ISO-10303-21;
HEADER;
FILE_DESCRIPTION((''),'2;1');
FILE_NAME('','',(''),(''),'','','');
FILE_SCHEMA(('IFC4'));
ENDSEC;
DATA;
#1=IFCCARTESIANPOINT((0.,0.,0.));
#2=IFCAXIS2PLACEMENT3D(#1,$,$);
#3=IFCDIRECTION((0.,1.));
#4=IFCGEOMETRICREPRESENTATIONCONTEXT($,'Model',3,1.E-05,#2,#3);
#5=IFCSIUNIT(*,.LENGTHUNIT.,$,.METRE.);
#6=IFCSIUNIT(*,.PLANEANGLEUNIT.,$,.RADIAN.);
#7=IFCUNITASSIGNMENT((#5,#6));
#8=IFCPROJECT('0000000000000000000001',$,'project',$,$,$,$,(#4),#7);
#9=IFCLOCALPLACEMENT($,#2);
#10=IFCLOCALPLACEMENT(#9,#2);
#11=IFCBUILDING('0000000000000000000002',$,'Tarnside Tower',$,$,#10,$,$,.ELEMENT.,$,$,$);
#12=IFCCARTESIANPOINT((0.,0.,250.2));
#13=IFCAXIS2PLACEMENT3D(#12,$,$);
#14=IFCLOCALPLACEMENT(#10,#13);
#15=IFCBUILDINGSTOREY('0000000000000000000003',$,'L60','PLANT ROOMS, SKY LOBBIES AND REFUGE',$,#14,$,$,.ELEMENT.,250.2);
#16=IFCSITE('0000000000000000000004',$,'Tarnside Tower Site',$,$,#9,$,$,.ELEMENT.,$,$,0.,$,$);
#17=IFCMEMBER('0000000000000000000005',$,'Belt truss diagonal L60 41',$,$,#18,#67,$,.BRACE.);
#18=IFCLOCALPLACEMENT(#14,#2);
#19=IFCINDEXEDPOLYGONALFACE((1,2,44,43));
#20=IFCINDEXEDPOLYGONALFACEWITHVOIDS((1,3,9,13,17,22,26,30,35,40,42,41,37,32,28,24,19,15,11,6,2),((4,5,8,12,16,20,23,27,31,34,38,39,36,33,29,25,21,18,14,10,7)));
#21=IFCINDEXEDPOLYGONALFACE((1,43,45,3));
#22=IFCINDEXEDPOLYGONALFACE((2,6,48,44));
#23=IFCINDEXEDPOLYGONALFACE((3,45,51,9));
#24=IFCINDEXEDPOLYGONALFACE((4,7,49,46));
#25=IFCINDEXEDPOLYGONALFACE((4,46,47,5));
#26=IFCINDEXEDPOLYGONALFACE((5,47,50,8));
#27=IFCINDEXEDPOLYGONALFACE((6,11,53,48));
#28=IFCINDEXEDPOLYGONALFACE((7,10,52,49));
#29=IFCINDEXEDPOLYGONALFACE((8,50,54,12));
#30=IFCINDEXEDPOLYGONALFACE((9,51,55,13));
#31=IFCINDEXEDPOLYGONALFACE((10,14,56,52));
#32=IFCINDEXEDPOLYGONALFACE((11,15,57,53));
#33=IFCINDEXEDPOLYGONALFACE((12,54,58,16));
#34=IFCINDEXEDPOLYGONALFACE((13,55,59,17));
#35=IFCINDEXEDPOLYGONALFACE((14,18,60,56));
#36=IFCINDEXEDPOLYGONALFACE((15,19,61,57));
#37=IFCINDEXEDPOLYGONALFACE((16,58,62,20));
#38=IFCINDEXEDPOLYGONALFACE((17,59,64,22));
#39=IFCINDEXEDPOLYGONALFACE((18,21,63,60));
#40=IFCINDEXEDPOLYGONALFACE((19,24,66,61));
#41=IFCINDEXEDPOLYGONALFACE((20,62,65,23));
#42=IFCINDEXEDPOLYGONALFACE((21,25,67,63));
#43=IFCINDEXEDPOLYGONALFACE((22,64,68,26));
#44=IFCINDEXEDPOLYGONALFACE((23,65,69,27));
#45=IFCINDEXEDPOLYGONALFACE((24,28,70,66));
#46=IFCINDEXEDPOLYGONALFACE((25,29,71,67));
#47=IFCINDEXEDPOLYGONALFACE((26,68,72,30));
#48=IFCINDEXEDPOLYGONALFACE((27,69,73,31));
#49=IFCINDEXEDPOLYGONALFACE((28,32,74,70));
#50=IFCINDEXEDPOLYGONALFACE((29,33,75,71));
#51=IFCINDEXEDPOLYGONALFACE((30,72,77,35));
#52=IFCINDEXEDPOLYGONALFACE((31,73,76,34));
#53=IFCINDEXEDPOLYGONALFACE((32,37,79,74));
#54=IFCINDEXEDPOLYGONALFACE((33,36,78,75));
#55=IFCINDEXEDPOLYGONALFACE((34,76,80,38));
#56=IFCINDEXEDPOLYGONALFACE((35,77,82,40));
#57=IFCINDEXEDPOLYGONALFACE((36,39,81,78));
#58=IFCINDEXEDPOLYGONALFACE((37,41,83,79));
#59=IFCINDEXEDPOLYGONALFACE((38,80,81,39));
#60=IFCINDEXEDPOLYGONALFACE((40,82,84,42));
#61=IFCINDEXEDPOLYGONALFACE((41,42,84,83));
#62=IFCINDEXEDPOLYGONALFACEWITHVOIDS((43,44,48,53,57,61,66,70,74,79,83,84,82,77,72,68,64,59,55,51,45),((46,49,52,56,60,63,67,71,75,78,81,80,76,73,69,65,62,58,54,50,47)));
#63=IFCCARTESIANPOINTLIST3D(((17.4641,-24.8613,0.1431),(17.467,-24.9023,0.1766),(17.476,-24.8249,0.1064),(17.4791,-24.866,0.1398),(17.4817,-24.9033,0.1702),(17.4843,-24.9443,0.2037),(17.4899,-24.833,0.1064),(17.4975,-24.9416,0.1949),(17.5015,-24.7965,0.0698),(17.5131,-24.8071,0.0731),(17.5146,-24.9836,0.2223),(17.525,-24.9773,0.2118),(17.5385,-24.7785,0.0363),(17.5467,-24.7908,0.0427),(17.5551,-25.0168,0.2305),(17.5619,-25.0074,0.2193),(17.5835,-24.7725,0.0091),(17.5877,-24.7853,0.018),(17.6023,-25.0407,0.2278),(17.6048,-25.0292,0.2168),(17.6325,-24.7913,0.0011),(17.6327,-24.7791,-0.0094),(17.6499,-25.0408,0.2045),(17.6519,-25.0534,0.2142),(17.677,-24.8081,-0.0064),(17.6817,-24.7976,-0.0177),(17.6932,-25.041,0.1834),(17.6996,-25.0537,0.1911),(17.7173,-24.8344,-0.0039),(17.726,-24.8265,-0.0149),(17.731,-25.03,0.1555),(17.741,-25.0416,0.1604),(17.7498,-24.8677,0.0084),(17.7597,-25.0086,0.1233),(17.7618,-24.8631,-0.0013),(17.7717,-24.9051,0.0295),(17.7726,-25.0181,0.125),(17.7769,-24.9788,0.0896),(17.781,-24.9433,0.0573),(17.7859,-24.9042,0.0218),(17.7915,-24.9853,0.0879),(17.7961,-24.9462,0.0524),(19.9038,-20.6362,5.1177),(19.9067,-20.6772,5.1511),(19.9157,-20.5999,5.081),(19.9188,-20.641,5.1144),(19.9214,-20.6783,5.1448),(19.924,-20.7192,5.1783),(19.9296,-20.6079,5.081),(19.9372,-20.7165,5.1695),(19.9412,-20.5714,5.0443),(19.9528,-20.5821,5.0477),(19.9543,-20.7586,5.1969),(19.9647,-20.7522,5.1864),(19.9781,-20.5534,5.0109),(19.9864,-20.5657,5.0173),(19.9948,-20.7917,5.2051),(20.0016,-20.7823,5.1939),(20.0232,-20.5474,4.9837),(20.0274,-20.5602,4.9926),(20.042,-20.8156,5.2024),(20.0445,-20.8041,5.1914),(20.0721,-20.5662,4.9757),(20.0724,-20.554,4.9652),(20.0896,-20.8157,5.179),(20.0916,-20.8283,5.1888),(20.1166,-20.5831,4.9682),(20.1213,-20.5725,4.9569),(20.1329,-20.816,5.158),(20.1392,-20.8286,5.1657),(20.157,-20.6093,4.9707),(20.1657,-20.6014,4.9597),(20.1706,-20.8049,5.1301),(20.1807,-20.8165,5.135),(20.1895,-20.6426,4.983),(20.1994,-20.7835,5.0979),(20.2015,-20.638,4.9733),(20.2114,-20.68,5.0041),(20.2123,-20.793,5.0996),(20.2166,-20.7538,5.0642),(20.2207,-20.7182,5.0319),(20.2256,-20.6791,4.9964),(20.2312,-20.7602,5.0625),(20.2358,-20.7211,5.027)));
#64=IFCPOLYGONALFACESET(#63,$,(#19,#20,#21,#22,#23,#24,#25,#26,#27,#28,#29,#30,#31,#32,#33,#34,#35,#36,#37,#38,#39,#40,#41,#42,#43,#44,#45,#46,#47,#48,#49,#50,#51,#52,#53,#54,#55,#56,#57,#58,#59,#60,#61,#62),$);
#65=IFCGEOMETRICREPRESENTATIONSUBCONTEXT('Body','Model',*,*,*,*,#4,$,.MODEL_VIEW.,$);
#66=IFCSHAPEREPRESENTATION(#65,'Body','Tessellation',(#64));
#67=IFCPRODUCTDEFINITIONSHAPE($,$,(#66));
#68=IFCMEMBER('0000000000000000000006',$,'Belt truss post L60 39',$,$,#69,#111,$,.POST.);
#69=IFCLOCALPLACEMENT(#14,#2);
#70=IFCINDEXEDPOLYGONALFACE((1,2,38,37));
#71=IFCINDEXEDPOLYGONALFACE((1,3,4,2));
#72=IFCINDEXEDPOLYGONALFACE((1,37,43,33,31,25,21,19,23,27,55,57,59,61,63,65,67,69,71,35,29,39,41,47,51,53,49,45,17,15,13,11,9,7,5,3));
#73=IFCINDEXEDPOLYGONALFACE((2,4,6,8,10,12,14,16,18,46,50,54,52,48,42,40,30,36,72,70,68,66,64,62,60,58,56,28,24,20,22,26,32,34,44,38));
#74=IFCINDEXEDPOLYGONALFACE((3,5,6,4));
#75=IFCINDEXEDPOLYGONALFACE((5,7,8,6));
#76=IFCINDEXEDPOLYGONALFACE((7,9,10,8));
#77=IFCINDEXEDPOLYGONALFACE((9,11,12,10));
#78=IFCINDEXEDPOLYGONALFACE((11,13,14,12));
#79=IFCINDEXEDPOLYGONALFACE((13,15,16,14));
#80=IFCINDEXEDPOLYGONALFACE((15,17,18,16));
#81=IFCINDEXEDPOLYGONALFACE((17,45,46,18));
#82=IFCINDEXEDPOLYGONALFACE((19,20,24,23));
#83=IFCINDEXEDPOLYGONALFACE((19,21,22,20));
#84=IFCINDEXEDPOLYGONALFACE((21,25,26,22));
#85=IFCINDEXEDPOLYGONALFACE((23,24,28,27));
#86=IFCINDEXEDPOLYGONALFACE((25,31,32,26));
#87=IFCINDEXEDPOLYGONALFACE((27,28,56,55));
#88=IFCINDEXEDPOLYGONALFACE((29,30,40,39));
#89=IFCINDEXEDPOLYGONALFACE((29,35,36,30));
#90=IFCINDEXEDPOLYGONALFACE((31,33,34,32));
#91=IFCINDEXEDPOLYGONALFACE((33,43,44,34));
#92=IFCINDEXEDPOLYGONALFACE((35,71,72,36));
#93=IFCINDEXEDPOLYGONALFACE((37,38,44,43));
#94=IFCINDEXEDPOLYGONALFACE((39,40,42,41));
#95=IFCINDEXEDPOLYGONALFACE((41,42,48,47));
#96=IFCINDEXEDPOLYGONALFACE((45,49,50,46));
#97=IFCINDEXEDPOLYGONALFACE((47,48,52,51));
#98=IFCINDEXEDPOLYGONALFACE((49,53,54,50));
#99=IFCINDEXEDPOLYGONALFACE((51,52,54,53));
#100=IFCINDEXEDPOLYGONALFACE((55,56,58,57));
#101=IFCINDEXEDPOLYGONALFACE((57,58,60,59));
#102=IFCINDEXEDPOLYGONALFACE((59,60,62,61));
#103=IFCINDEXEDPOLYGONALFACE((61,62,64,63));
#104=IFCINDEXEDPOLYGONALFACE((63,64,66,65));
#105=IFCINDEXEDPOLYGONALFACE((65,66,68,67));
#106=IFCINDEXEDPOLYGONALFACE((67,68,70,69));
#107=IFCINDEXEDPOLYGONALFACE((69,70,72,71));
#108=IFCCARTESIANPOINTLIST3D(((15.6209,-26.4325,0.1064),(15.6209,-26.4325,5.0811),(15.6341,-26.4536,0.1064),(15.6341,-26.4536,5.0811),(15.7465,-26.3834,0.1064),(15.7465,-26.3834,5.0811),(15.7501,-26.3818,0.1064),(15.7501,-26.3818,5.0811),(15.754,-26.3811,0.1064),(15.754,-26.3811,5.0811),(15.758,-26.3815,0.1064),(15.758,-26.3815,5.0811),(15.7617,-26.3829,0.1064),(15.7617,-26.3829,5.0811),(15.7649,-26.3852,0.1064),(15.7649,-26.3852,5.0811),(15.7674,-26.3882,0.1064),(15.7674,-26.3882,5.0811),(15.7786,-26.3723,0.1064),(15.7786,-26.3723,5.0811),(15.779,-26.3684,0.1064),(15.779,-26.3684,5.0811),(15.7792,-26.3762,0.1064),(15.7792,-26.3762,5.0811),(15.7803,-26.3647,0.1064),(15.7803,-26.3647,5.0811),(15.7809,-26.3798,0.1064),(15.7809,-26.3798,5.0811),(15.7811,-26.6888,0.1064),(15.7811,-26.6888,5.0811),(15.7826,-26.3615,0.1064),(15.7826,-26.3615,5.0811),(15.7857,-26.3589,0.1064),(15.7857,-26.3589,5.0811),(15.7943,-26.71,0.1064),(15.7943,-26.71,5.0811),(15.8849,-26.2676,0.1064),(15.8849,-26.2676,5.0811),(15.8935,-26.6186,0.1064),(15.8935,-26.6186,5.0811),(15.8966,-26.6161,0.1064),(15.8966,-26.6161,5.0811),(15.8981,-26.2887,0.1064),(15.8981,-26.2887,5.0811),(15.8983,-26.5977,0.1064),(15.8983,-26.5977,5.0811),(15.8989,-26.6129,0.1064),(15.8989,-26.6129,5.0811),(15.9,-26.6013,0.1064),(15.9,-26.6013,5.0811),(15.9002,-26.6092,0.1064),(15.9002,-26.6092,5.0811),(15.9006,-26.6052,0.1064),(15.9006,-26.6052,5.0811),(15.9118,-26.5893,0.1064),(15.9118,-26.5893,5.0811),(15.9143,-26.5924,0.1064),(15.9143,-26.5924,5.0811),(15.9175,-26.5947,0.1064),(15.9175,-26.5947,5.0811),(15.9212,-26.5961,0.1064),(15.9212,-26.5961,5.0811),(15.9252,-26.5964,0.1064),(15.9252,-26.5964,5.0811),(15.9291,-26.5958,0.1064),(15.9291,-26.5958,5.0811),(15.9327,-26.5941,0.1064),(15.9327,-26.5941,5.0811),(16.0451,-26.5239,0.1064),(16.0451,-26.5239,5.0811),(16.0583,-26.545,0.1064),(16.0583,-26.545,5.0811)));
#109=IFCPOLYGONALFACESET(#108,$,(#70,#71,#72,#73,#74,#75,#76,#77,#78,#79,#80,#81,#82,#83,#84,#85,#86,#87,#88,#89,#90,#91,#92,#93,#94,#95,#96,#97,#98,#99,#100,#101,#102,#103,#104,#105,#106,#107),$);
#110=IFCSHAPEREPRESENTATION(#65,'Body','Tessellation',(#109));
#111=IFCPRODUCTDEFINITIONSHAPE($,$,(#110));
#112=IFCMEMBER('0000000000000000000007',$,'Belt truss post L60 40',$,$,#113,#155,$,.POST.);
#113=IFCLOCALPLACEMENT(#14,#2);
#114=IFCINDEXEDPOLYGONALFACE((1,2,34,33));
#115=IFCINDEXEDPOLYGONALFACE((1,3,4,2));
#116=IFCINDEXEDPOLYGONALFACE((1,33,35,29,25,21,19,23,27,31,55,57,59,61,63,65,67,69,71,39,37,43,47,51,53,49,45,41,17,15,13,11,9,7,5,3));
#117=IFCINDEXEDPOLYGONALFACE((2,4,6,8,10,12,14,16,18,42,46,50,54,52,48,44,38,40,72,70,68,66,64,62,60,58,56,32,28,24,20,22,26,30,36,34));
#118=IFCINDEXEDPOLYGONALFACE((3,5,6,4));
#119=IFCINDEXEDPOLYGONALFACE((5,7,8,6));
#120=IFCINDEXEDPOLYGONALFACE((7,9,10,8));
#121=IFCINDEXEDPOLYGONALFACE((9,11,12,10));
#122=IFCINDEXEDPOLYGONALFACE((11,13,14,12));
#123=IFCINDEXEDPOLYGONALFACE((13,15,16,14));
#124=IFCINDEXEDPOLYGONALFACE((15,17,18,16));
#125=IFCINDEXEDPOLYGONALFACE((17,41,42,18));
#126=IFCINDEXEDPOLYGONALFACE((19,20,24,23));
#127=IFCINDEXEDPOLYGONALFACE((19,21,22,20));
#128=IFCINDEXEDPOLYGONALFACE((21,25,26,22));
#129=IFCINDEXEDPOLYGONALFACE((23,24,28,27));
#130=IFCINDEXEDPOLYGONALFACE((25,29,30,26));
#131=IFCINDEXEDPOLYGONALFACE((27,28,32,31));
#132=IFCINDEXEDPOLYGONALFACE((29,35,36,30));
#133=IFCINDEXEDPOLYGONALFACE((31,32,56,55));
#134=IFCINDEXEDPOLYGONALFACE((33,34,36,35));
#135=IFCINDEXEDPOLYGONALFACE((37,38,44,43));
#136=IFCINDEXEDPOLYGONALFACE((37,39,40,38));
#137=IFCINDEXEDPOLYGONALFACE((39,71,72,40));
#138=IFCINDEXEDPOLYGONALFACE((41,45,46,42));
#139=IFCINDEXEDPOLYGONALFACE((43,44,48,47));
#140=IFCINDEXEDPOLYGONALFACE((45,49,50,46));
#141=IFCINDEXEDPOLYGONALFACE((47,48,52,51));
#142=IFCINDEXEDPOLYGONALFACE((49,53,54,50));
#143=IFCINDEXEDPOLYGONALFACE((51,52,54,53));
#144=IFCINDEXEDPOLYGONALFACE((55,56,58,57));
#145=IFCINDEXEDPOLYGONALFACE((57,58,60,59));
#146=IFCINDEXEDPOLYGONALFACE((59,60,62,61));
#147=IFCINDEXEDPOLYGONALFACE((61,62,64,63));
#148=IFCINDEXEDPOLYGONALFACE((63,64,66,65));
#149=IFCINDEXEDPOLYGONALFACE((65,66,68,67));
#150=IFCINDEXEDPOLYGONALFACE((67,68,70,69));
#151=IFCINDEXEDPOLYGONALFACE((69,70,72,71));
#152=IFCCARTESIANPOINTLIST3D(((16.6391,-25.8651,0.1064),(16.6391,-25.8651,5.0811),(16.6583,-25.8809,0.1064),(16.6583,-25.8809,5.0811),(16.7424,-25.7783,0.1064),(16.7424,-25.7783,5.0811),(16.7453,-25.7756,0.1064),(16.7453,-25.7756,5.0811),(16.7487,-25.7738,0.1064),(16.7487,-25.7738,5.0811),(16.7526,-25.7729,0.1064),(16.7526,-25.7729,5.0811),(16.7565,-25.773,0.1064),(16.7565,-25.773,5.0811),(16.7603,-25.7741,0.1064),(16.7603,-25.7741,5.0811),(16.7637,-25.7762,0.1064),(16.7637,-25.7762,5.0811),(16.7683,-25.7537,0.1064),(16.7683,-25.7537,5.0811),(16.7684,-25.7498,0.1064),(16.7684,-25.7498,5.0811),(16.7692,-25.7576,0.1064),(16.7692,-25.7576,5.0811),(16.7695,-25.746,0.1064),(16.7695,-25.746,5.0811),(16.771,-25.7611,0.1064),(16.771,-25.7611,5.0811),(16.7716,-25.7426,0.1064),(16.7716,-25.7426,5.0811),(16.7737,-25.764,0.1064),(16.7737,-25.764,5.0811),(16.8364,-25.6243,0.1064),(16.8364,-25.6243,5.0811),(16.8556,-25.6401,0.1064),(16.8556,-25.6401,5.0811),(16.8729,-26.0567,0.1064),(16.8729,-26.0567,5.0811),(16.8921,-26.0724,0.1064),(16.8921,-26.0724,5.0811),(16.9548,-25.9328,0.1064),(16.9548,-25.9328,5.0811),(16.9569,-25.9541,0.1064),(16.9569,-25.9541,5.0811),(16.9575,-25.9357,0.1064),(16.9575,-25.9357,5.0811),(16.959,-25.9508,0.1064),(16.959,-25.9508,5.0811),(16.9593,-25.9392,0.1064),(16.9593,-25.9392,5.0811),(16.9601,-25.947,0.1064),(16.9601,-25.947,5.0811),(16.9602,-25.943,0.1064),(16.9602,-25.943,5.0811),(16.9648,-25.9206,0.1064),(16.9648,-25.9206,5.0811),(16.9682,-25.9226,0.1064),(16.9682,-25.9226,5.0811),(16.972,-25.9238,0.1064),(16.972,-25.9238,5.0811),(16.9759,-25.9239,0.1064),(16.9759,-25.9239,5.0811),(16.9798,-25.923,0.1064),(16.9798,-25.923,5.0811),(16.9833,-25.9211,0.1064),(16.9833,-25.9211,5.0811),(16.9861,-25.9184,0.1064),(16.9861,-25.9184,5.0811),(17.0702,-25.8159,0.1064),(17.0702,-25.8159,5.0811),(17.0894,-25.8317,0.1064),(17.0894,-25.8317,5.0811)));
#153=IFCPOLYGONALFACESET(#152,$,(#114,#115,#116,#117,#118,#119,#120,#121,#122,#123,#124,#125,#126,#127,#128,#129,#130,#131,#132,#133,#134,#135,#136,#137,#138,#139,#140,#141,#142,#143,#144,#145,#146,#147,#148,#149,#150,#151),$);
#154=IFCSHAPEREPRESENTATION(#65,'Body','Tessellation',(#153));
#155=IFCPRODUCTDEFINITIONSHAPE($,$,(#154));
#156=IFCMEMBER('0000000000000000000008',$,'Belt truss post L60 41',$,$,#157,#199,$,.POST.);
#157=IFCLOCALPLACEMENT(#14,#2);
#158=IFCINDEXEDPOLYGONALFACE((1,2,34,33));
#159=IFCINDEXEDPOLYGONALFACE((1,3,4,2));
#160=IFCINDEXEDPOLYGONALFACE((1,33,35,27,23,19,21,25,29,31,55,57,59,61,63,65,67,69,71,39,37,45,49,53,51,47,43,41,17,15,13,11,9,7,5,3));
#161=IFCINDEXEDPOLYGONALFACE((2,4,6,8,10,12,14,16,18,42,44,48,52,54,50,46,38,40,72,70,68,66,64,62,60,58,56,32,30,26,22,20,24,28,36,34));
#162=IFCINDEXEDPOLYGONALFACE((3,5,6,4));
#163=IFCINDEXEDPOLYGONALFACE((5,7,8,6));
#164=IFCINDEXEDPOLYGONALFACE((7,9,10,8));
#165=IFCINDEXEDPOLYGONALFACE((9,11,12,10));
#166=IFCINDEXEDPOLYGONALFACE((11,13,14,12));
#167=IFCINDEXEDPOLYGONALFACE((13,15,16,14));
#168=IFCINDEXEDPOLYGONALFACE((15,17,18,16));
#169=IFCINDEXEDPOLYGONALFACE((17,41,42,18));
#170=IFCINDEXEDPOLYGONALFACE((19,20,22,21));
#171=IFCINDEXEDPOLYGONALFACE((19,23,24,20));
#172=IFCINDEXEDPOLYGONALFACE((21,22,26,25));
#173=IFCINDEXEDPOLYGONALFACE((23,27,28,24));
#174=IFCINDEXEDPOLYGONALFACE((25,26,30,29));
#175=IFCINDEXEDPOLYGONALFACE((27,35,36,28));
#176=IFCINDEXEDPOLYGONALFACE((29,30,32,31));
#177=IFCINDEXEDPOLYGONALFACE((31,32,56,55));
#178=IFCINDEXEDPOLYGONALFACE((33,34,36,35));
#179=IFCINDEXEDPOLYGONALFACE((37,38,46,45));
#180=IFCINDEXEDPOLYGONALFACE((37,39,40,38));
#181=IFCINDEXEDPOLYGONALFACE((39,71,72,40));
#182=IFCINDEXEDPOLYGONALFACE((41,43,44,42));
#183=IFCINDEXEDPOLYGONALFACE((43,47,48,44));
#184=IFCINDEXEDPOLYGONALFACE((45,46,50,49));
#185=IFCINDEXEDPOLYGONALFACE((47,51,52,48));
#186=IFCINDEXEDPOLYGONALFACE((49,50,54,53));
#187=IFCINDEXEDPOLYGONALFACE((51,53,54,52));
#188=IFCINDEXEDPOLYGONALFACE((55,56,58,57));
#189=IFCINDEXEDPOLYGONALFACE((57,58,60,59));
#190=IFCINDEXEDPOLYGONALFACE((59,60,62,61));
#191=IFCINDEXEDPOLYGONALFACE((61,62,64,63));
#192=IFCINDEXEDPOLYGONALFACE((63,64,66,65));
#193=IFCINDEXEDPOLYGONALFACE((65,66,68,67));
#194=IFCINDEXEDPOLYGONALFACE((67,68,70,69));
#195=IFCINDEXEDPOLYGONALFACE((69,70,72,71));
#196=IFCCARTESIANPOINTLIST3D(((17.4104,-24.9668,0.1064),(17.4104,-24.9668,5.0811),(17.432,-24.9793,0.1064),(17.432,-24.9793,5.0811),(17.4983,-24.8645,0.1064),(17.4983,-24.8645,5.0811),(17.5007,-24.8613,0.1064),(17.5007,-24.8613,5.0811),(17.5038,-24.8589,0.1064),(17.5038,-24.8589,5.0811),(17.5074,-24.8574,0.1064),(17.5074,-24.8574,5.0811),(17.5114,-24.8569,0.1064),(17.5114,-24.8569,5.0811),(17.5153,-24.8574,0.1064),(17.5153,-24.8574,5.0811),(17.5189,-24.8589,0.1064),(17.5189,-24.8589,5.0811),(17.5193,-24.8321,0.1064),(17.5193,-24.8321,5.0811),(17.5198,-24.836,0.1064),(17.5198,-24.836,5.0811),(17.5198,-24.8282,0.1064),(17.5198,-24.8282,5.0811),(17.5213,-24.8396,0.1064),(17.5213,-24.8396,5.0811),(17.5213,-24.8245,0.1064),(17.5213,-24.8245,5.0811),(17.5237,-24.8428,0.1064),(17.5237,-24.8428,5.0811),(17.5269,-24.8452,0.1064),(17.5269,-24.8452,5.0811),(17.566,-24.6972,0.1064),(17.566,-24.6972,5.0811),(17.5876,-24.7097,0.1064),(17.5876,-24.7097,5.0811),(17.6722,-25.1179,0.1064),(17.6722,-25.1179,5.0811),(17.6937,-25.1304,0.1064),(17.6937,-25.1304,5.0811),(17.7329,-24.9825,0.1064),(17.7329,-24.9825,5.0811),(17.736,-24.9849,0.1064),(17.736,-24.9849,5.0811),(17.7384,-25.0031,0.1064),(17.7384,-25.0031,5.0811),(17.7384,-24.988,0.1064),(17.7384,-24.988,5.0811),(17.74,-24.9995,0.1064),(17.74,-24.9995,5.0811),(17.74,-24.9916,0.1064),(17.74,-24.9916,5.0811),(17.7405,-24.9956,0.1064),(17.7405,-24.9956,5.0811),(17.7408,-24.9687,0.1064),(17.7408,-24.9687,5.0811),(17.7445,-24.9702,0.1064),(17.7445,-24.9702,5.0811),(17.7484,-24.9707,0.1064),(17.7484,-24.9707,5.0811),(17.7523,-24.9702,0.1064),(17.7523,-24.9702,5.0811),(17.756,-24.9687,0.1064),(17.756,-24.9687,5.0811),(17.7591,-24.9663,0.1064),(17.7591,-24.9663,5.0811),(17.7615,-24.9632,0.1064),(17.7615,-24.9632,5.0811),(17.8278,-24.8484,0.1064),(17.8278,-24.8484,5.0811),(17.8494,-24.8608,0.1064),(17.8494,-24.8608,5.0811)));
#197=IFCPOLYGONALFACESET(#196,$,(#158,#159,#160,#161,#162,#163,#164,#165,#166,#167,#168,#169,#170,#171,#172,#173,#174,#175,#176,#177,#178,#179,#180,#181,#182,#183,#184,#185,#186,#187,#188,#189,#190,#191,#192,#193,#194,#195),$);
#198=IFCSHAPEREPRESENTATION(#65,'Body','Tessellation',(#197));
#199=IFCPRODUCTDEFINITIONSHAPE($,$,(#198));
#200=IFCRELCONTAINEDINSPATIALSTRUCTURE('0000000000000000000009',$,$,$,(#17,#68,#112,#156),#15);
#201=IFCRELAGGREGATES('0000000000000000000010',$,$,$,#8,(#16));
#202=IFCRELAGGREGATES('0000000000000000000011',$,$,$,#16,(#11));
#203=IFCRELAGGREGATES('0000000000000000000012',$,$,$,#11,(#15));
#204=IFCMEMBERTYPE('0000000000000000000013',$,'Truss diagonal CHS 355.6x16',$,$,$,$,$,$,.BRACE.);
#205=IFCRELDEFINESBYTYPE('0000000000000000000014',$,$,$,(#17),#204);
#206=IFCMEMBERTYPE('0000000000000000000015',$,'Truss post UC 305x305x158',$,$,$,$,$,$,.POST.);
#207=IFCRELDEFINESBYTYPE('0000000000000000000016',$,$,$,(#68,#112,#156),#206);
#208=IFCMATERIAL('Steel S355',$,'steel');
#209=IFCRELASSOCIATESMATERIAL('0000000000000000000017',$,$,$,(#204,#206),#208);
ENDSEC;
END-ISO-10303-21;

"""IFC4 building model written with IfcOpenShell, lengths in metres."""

from ifc_helpers import new_model, si_unit, direction, frame, origin, origin_2d, place, context, subcontext, project, spatial, hollow_circle, i_section, extrude, material, material_profile, profile_set, type_object, element, save


model = new_model("IFC4")

# Units and contexts
model_context = context("Model", 3, precision=1e-05, world=origin(), true_north=direction((0.0, 1.0)))
body_context = subcontext(model_context, "Body", "Model", "MODEL_VIEW")
ifc_project = project(units=[si_unit("LENGTHUNIT", "METRE"), si_unit("PLANEANGLEUNIT", "RADIAN")], contexts=[model_context])

# Site, building, storey
site_placement = place(None, origin())
site = spatial("IfcSite", under=ifc_project, at=site_placement, Name="Tarnside Tower Site", CompositionType="ELEMENT", RefElevation=0.0)
building_placement = place(site_placement, origin())
building = spatial("IfcBuilding", under=site, at=building_placement, Name="Tarnside Tower", CompositionType="ELEMENT")
storey_placement = place(building_placement, frame((0.0, 0.0, 250.2)))
storey = spatial("IfcBuildingStorey", under=building, at=storey_placement, Name="L60", Description="PLANT ROOMS, SKY LOBBIES AND REFUGE", CompositionType="ELEMENT", Elevation=250.2)

# Shared definitions
ifc_material_1 = material(Name="Steel S355", Category="steel")

# Members
ifc_material_profile_1 = material_profile(ifc_material_1, hollow_circle(Radius=0.1777, WallThickness=0.0161, at=origin_2d()), Name="CHS 355.6x16")
ifc_profile_set_1 = profile_set([ifc_material_profile_1], Name="Steel S355")
member_type_1 = type_object("IfcMemberType", Name="Truss diagonal CHS 355.6x16", PredefinedType="BRACE", material=ifc_profile_set_1)
member_1_placement = place(storey_placement, frame((17.6299, -24.9138, 0.1064), z_axis=(0.350139, 0.606374, 0.713942), x_axis=(-0.865996, 0.500052, 0.0)))
element("IfcMember", 1, at=member_1_placement, inside=storey, type_object=member_type_1, Name="Belt truss diagonal L60 41", PredefinedType="BRACE", context=body_context, shape_type="SweptSolid", body=[
    extrude(hollow_circle(Radius=0.1777, WallThickness=0.0161, at=origin_2d()), origin(), (0.0, 0.0, 1.0), 6.9678),
])
ifc_material_profile_2 = material_profile(ifc_material_1, i_section(OverallWidth=0.3113, OverallDepth=0.3271, WebThickness=0.0159, FlangeThickness=0.0249, FilletRadius=0.0151, at=origin_2d()), Name="UC 305x305x158")
ifc_profile_set_2 = profile_set([ifc_material_profile_2], Name="Steel S355")
member_type_2 = type_object("IfcMemberType", Name="Truss post UC 305x305x158", PredefinedType="POST", material=ifc_profile_set_2)
for number, where, z_axis, x_axis, name in (
    (2, (15.8396, -26.4888, 0.1064), (0.0, 0.0, 1.0), (0.848048, 0.529919, 0.0), "Belt truss post L60 39"),
    (3, (16.8643, -25.8484, 0.1064), (0.0, 0.0, 1.0), (0.633831, 0.773472, 0.0), "Belt truss post L60 40"),
    (4, (17.6299, -24.9138, 0.1064), (0.0, 0.0, 1.0), (0.5, 0.866025, 0.0), "Belt truss post L60 41"),
):
    element("IfcMember", number, at=place(storey_placement, frame(where, z_axis=z_axis, x_axis=x_axis)), inside=storey, type_object=member_type_2, Name=name, PredefinedType="POST", context=body_context, shape_type="SweptSolid", body=[
        extrude(i_section(OverallWidth=0.3113, OverallDepth=0.3271, WebThickness=0.0159, FlangeThickness=0.0249, FilletRadius=0.0151, at=origin_2d()), origin(), (0.0, 0.0, 1.0), 4.9746),
    ])

save(model, "model.ifc")
